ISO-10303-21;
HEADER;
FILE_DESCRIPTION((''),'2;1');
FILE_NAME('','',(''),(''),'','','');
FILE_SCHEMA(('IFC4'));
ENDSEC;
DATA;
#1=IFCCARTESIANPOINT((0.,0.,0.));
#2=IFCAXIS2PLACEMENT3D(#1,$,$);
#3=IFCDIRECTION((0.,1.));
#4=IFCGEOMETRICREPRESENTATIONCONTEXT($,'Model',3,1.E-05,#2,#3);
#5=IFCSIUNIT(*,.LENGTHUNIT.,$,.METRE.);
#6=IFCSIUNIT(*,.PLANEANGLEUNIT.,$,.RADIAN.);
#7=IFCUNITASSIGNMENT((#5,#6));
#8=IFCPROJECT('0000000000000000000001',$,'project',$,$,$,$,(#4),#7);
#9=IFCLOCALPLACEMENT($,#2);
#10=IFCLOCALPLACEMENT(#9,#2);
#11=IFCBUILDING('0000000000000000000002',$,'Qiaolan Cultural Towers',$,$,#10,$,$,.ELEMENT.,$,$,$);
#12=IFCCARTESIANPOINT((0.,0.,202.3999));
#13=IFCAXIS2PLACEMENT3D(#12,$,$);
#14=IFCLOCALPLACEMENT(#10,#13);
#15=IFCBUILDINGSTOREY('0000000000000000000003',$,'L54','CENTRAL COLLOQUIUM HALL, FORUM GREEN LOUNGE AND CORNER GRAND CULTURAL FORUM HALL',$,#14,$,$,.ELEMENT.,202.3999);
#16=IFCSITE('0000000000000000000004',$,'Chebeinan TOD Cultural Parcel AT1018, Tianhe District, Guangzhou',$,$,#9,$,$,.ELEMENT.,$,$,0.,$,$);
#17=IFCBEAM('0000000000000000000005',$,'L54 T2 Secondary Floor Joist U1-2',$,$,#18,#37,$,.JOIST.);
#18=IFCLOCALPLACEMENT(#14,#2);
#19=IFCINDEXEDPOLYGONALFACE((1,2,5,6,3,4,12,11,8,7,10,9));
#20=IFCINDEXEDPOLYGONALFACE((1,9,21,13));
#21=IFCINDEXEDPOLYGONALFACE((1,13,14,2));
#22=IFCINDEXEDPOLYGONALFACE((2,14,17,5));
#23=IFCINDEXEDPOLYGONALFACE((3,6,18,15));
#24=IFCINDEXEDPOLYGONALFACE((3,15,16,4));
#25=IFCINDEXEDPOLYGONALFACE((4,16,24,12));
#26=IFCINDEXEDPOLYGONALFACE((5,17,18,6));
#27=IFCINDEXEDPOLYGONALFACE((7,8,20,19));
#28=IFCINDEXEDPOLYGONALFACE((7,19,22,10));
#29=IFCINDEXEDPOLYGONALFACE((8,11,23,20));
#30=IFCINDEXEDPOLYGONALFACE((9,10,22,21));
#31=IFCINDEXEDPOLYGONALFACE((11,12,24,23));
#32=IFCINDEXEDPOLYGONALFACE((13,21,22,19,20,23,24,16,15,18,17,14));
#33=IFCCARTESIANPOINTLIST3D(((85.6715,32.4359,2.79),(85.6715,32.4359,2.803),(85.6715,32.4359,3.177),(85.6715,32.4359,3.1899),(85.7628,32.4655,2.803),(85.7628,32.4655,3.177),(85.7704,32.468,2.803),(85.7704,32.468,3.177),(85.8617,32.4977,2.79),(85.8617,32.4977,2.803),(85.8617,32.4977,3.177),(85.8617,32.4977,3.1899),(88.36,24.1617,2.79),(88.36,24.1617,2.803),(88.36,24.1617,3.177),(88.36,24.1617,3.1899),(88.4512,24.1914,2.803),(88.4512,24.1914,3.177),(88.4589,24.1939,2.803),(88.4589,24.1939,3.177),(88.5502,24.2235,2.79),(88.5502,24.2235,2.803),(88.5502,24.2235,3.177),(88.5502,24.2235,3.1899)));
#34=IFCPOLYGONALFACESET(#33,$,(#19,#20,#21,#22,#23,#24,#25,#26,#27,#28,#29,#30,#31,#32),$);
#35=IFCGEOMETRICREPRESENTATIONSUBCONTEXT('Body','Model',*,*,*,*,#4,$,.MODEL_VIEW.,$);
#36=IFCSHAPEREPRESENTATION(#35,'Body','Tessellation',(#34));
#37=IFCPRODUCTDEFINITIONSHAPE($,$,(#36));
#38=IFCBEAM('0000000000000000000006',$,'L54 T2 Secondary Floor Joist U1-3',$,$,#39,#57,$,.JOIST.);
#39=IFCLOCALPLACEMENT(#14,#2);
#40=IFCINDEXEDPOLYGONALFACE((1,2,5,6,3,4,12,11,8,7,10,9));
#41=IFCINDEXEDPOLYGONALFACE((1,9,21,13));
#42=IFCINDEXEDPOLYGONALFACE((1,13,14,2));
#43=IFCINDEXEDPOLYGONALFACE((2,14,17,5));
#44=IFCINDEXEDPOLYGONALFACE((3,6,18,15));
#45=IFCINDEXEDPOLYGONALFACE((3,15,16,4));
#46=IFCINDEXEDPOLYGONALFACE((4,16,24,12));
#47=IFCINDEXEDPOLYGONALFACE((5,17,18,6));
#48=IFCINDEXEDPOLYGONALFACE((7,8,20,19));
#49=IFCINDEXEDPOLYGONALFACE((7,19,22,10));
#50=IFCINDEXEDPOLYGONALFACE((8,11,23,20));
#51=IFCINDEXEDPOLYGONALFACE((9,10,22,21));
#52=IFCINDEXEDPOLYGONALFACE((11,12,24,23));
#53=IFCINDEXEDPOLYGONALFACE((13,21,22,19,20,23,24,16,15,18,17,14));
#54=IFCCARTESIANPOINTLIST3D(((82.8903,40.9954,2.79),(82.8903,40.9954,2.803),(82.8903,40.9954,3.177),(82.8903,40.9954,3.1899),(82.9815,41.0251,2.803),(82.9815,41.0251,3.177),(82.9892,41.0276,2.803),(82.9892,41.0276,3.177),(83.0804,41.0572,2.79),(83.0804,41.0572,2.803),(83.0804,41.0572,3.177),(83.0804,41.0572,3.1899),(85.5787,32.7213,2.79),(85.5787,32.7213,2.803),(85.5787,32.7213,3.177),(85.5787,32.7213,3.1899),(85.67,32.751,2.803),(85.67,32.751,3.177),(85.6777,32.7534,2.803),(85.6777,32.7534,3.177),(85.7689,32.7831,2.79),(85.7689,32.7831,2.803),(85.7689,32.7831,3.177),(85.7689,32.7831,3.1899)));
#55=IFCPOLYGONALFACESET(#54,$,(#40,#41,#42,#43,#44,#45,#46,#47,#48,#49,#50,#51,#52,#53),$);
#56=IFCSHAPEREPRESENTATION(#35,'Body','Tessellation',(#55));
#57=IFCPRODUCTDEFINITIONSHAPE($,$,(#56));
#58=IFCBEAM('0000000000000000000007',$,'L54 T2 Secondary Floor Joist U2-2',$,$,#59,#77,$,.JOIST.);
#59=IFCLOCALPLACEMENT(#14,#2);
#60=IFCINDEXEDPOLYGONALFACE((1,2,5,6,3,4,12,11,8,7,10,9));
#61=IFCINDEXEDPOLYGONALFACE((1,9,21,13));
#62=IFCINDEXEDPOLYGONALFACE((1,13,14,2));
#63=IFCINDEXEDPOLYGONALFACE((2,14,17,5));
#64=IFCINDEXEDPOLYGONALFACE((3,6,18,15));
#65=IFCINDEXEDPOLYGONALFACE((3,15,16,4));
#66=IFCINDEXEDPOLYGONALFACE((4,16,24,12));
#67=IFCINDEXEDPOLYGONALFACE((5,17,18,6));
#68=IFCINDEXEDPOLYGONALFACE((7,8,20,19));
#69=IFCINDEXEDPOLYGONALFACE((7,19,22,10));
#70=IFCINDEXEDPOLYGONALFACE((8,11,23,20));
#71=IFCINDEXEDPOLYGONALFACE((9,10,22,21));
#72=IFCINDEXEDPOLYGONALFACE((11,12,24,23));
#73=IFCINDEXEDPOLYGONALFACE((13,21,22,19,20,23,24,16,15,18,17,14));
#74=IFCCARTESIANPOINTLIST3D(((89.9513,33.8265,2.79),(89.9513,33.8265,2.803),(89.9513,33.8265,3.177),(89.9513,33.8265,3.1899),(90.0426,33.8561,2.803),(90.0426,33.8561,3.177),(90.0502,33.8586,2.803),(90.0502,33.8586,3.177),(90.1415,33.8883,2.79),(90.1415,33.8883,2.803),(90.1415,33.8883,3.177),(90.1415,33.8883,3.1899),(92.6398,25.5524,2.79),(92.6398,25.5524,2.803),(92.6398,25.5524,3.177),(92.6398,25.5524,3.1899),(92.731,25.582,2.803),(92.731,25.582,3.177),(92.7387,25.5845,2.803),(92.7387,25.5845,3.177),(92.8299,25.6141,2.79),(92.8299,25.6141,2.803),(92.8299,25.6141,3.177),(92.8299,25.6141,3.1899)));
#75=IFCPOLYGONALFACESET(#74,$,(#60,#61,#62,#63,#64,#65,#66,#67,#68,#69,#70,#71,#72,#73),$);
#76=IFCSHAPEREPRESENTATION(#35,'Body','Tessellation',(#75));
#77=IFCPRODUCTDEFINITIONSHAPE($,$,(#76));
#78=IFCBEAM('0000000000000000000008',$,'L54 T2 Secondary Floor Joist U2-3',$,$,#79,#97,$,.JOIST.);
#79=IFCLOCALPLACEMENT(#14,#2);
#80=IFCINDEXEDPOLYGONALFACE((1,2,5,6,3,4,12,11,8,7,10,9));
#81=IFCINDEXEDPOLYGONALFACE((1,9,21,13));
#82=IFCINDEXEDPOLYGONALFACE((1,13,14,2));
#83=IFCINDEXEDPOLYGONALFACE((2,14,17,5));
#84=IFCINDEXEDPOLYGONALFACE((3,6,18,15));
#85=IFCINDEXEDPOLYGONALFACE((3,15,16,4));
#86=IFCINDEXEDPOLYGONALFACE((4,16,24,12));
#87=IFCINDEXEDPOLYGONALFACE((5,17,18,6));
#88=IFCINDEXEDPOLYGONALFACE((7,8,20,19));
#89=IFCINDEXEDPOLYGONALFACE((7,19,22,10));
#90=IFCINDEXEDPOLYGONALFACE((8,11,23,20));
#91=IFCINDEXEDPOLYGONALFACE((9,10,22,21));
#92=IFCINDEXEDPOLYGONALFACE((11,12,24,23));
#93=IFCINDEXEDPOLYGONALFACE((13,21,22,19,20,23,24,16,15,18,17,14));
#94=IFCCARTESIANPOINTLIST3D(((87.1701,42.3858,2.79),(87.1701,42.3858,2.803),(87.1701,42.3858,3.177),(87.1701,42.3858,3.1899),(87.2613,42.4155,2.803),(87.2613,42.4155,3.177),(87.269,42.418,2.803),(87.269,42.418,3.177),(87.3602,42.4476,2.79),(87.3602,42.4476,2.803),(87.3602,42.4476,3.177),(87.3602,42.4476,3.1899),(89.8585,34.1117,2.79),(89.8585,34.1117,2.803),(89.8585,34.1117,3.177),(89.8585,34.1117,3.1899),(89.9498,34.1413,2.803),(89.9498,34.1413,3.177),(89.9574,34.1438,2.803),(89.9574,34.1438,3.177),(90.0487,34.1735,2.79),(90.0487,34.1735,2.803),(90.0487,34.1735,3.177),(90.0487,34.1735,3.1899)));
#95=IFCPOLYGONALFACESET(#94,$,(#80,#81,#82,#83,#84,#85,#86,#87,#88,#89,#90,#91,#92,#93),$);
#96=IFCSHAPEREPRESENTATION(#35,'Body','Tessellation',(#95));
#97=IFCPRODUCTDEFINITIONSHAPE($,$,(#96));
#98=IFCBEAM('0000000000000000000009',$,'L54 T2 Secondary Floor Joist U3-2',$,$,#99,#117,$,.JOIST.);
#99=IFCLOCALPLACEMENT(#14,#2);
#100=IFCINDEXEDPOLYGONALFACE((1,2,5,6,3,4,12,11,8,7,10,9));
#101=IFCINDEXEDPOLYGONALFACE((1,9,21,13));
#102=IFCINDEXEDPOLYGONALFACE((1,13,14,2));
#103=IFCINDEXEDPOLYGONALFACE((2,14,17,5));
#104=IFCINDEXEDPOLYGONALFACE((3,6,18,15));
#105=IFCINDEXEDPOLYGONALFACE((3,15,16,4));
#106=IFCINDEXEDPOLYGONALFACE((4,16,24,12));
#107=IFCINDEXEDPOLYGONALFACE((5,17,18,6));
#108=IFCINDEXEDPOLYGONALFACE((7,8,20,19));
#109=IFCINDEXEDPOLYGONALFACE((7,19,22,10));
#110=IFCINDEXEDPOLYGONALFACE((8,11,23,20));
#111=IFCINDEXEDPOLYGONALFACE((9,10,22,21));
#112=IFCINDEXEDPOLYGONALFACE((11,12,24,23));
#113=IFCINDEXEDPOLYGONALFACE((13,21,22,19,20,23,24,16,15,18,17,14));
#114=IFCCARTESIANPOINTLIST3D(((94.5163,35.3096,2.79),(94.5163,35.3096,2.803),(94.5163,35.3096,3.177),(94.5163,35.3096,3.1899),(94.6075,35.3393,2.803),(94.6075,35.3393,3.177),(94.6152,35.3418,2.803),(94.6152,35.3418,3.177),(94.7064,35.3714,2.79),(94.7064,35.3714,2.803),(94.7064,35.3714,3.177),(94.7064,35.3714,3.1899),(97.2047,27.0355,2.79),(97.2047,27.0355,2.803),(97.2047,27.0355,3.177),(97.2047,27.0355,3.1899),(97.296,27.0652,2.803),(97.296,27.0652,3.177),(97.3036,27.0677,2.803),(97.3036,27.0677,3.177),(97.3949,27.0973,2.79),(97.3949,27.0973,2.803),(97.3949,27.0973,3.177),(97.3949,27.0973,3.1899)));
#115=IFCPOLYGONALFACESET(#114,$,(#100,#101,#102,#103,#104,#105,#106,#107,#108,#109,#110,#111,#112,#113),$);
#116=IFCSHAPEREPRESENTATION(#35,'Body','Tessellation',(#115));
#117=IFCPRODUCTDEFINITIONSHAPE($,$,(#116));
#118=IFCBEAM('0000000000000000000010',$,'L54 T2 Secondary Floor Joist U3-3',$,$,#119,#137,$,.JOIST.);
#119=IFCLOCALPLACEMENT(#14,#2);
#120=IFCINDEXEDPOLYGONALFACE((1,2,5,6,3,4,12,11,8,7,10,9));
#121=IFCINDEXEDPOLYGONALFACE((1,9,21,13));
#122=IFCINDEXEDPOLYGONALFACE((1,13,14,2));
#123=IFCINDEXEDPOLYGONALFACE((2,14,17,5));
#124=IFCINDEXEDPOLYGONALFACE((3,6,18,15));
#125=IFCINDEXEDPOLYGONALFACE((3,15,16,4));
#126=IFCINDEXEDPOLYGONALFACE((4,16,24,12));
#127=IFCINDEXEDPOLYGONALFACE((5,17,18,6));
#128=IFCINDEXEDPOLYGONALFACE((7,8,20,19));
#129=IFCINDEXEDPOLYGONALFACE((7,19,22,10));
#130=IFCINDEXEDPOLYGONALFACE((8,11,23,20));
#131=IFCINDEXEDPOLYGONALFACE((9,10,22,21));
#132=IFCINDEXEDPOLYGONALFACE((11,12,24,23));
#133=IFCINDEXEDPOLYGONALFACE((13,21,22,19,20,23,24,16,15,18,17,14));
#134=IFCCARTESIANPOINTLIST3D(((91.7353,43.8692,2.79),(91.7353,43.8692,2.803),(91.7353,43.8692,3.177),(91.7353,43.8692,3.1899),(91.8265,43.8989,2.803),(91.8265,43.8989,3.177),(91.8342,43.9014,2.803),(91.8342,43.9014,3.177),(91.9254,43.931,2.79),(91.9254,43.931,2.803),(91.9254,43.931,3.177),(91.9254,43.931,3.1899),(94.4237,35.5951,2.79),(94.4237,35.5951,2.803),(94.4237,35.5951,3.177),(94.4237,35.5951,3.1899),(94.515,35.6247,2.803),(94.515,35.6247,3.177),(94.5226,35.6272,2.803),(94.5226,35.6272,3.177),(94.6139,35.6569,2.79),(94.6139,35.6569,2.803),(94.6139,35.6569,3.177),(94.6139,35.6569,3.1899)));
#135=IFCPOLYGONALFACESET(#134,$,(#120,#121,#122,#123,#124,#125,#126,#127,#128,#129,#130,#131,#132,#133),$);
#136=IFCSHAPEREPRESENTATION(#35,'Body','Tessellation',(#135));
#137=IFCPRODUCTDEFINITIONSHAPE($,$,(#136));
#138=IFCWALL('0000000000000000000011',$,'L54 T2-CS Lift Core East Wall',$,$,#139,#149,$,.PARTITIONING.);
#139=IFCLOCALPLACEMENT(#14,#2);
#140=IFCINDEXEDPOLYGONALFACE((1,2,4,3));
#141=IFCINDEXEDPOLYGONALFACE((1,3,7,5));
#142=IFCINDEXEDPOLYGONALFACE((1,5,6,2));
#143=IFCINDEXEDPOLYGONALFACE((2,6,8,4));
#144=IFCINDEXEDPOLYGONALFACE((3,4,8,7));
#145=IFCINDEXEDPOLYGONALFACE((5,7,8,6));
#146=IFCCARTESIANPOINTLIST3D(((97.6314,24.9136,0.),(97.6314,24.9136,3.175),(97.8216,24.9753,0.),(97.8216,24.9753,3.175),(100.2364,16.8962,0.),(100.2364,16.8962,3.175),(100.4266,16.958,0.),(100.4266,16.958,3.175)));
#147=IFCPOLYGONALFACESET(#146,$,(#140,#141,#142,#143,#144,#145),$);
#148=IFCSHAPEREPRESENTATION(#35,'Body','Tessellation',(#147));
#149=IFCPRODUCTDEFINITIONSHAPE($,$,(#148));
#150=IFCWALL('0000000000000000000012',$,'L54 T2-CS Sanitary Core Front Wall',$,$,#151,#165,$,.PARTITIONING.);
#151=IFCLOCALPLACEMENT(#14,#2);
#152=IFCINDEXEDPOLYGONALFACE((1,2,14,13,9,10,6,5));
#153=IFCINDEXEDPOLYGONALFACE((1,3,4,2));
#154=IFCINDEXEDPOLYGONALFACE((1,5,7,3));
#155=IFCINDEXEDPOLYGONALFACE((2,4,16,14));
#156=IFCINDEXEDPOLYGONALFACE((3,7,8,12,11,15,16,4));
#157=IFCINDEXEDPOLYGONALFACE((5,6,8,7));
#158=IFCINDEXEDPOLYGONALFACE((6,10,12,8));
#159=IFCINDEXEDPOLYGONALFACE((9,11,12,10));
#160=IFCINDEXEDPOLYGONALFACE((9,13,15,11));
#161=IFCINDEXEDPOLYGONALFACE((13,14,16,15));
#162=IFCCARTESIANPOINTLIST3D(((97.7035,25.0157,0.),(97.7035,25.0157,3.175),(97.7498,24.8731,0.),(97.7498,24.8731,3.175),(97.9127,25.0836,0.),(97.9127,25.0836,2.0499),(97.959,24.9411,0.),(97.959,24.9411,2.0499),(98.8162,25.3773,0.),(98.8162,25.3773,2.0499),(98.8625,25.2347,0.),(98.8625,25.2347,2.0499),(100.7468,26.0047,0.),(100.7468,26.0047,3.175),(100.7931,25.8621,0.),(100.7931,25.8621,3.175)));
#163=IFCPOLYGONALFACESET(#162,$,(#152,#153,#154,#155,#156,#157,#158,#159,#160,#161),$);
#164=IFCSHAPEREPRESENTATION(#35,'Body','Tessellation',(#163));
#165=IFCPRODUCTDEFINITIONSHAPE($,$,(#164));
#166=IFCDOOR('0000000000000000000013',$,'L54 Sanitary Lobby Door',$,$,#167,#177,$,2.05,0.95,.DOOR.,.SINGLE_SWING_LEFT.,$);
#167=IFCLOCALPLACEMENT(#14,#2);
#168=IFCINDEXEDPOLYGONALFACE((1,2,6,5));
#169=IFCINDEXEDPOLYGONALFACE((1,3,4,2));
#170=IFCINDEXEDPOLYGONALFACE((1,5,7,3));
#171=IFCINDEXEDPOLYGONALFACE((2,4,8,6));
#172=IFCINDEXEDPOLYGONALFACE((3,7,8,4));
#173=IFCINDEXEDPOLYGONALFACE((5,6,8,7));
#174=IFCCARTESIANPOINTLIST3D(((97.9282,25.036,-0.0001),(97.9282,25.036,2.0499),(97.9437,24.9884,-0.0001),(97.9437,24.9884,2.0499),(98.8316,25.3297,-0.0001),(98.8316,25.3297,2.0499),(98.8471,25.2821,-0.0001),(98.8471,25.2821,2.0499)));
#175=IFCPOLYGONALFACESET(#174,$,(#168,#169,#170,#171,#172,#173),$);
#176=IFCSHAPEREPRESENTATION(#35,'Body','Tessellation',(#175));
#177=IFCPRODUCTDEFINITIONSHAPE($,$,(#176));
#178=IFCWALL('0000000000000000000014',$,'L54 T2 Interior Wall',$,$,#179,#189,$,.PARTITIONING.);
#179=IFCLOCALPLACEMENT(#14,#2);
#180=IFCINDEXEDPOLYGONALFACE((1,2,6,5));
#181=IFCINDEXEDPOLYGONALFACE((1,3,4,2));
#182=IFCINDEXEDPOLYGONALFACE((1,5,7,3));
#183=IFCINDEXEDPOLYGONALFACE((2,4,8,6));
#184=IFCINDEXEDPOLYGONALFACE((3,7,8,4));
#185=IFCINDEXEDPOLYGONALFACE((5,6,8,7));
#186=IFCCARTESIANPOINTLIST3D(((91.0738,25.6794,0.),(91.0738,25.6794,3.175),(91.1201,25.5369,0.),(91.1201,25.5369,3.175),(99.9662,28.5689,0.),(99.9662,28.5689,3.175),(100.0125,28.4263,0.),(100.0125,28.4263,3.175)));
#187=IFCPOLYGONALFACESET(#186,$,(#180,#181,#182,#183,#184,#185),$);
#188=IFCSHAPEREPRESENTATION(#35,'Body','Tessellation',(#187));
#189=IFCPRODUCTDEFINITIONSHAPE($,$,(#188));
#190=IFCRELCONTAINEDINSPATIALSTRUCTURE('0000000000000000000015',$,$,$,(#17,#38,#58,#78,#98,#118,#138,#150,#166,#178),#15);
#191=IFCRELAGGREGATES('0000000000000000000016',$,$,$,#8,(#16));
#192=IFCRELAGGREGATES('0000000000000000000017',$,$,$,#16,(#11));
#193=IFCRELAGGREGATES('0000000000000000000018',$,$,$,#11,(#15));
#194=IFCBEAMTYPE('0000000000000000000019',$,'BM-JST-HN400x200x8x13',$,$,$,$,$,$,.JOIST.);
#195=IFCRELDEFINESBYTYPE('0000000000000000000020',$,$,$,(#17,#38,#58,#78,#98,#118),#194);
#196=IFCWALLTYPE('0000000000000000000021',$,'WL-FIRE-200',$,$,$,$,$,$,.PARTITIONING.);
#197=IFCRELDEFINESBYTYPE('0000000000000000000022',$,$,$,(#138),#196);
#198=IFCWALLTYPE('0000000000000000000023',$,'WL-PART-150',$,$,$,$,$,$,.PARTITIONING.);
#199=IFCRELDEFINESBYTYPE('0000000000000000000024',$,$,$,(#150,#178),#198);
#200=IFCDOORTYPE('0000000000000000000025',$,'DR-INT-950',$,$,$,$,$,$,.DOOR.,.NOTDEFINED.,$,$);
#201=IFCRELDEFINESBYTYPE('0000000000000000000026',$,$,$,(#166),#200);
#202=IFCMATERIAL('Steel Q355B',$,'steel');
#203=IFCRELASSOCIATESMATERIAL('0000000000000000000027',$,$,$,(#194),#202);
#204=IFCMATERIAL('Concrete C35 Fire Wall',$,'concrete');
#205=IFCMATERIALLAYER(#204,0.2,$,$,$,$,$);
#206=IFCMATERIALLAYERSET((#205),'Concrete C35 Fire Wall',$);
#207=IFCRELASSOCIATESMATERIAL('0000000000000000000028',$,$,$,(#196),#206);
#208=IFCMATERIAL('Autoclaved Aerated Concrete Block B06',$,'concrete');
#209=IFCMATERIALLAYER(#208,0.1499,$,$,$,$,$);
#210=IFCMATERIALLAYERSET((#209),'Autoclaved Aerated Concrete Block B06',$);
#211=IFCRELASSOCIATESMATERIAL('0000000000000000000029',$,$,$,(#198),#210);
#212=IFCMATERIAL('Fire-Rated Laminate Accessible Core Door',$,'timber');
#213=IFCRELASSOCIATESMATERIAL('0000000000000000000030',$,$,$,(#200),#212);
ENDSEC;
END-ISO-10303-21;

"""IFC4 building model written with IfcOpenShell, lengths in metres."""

from ifc_helpers import new_model, si_unit, direction, frame, frame_2d, origin, origin_2d, place, context, subcontext, project, spatial, rectangle, i_section, extrude, material, layer, layer_set, material_profile, profile_set, type_object, element, fill, save


model = new_model("IFC4")

# Units and contexts
model_context = context("Model", 3, precision=1e-05, world=origin(), true_north=direction((0.0, 1.0)))
body_context = subcontext(model_context, "Body", "Model", "MODEL_VIEW")
ifc_project = project(units=[si_unit("LENGTHUNIT", "METRE"), si_unit("PLANEANGLEUNIT", "RADIAN")], contexts=[model_context])

# Site, building, storey
site_placement = place(None, origin())
site = spatial("IfcSite", under=ifc_project, at=site_placement, Name="Chebeinan TOD Cultural Parcel AT1018, Tianhe District, Guangzhou", CompositionType="ELEMENT", RefElevation=0.0)
building_placement = place(site_placement, origin())
building = spatial("IfcBuilding", under=site, at=building_placement, Name="Qiaolan Cultural Towers", CompositionType="ELEMENT")
storey_placement = place(building_placement, frame((0.0, 0.0, 202.3999)))
storey = spatial("IfcBuildingStorey", under=building, at=storey_placement, Name="L54", Description="CENTRAL COLLOQUIUM HALL, FORUM GREEN LOUNGE AND CORNER GRAND CULTURAL FORUM HALL", CompositionType="ELEMENT", Elevation=202.3999)

# Beams
ifc_material_1 = material(Name="Steel Q355B", Category="steel")
ifc_material_profile = material_profile(ifc_material_1, i_section(OverallWidth=0.2, OverallDepth=0.3999, WebThickness=0.0081, FlangeThickness=0.0129, at=origin_2d()), Name="HN400x200x8x13")
ifc_profile_set = profile_set([ifc_material_profile], Name="Steel Q355B")
beam_type = type_object("IfcBeamType", Name="BM-JST-HN400x200x8x13", PredefinedType="JOIST", material=ifc_profile_set)
for number, where, z_axis, x_axis, name in (
    (1, (88.4551, 24.1926, 2.99), (-0.309021, 0.951055, 0.0), (-0.951055, -0.309021, 0.0), "L54 T2 Secondary Floor Joist U1-2"),
    (2, (85.6738, 32.7522, 2.99), (-0.309021, 0.951055, 0.0), (-0.951055, -0.309021, 0.0), "L54 T2 Secondary Floor Joist U1-3"),
    (3, (92.7349, 25.5833, 2.99), (-0.309021, 0.951055, 0.0), (-0.951055, -0.309021, 0.0), "L54 T2 Secondary Floor Joist U2-2"),
    (4, (89.9536, 34.1426, 2.99), (-0.309021, 0.951055, 0.0), (-0.951055, -0.309021, 0.0), "L54 T2 Secondary Floor Joist U2-3"),
    (5, (97.2998, 27.0664, 2.99), (-0.309021, 0.951055, 0.0), (-0.951055, -0.309021, 0.0), "L54 T2 Secondary Floor Joist U3-2"),
    (6, (94.5188, 35.626, 2.99), (-0.309021, 0.951055, 0.0), (-0.951055, -0.309021, 0.0), "L54 T2 Secondary Floor Joist U3-3"),
):
    element("IfcBeam", number, at=place(storey_placement, frame(where, z_axis=z_axis, x_axis=x_axis)), inside=storey, type_object=beam_type, Name=name, PredefinedType="JOIST", context=body_context, shape_type="SweptSolid", body=[
        extrude(i_section(OverallWidth=0.2, OverallDepth=0.3999, WebThickness=0.0081, FlangeThickness=0.0129, at=origin_2d()), origin(), (0.0, 0.0, 1.0), 8.7),
    ])

# Wall
ifc_material_2 = material(Name="Concrete C35 Fire Wall", Category="concrete")
ifc_layer_1 = layer(ifc_material_2, 0.2)
ifc_layer_set_1 = layer_set([ifc_layer_1], Name="Concrete C35 Fire Wall")
wall_type_1 = type_object("IfcWallType", Name="WL-FIRE-200", PredefinedType="PARTITIONING", material=ifc_layer_set_1)
wall_1_placement = place(storey_placement, frame((97.7266, 24.9443, 0.0), z_axis=(0.0, 0.0, 1.0), x_axis=(0.309016, -0.951057, 0.0)))
element("IfcWall", 7, at=wall_1_placement, inside=storey, type_object=wall_type_1, Name="L54 T2-CS Lift Core East Wall", PredefinedType="PARTITIONING", context=body_context, shape_type="SweptSolid", body=[
    extrude(rectangle(XDim=8.4299, YDim=0.2, at=frame_2d((4.2148, 0.0))), origin(), (0.0, 0.0, 1.0), 3.175),
])

# Wall, opening, door
ifc_material_3 = material(Name="Autoclaved Aerated Concrete Block B06", Category="concrete")
ifc_layer_2 = layer(ifc_material_3, 0.1499)
ifc_layer_set_2 = layer_set([ifc_layer_2], Name="Autoclaved Aerated Concrete Block B06")
wall_type_2 = type_object("IfcWallType", Name="WL-PART-150", PredefinedType="PARTITIONING", material=ifc_layer_set_2)
wall_2_placement = place(storey_placement, frame((97.7266, 24.9443, 0.0), z_axis=(0.0, 0.0, 1.0), x_axis=(0.951037, 0.309077, 0.0)))
wall_2 = element("IfcWall", 8, at=wall_2_placement, inside=storey, type_object=wall_type_2, Name="L54 T2-CS Sanitary Core Front Wall", PredefinedType="PARTITIONING", context=body_context, shape_type="SweptSolid", body=[
    extrude(rectangle(XDim=3.2, YDim=0.1499, at=frame_2d((1.6001, 0.0))), origin(), (0.0, 0.0, 1.0), 3.175),
])
opening_1_placement = place(wall_2_placement, frame((0.22, 0.0, 0.0)))
opening_1 = element("IfcOpeningElement", 9, at=opening_1_placement, cuts=wall_2, PredefinedType="OPENING", context=body_context, shape_type="SweptSolid", body=[
    extrude(rectangle(XDim=0.95, YDim=2.05, at=frame_2d((0.4751, 1.0249))), frame((0.0, 0.085, 0.0), z_axis=(0.0, -1.0, 0.0), x_axis=(1.0, 0.0, 0.0)), (0.0, 0.0, 1.0), 0.1699),
])
ifc_material_4 = material(Name="Fire-Rated Laminate Accessible Core Door", Category="timber")
door_type_1 = type_object("IfcDoorType", Name="DR-INT-950", OperationType="NOTDEFINED", PredefinedType="DOOR", material=ifc_material_4)
door_1_placement = place(opening_1_placement, origin())
door_1 = element("IfcDoor", 10, at=door_1_placement, inside=storey, type_object=door_type_1, Name="L54 Sanitary Lobby Door", OperationType="SINGLE_SWING_LEFT", OverallHeight=2.05, OverallWidth=0.95, PredefinedType="DOOR", context=body_context, shape_type="SweptSolid", body=[
    extrude(rectangle(XDim=0.95, YDim=2.05, at=frame_2d((0.4751, 1.0249))), frame((0.0, 0.0249, 0.0), z_axis=(0.0, -1.0, 0.0), x_axis=(1.0, 0.0, 0.0)), (0.0, 0.0, 1.0), 0.05),
])
fill(opening_1, door_1)

# Wall
wall_3_placement = place(storey_placement, frame((91.0969, 25.6082, 0.0), z_axis=(0.0, 0.0, 1.0), x_axis=(0.951053, 0.309028, 0.0)))
element("IfcWall", 11, at=wall_3_placement, inside=storey, type_object=wall_type_2, Name="L54 T2 Interior Wall", PredefinedType="PARTITIONING", context=body_context, shape_type="SweptSolid", body=[
    extrude(rectangle(XDim=9.3501, YDim=0.1499, at=frame_2d((4.675, 0.0))), origin(), (0.0, 0.0, 1.0), 3.175),
])

save(model, "model.ifc")
